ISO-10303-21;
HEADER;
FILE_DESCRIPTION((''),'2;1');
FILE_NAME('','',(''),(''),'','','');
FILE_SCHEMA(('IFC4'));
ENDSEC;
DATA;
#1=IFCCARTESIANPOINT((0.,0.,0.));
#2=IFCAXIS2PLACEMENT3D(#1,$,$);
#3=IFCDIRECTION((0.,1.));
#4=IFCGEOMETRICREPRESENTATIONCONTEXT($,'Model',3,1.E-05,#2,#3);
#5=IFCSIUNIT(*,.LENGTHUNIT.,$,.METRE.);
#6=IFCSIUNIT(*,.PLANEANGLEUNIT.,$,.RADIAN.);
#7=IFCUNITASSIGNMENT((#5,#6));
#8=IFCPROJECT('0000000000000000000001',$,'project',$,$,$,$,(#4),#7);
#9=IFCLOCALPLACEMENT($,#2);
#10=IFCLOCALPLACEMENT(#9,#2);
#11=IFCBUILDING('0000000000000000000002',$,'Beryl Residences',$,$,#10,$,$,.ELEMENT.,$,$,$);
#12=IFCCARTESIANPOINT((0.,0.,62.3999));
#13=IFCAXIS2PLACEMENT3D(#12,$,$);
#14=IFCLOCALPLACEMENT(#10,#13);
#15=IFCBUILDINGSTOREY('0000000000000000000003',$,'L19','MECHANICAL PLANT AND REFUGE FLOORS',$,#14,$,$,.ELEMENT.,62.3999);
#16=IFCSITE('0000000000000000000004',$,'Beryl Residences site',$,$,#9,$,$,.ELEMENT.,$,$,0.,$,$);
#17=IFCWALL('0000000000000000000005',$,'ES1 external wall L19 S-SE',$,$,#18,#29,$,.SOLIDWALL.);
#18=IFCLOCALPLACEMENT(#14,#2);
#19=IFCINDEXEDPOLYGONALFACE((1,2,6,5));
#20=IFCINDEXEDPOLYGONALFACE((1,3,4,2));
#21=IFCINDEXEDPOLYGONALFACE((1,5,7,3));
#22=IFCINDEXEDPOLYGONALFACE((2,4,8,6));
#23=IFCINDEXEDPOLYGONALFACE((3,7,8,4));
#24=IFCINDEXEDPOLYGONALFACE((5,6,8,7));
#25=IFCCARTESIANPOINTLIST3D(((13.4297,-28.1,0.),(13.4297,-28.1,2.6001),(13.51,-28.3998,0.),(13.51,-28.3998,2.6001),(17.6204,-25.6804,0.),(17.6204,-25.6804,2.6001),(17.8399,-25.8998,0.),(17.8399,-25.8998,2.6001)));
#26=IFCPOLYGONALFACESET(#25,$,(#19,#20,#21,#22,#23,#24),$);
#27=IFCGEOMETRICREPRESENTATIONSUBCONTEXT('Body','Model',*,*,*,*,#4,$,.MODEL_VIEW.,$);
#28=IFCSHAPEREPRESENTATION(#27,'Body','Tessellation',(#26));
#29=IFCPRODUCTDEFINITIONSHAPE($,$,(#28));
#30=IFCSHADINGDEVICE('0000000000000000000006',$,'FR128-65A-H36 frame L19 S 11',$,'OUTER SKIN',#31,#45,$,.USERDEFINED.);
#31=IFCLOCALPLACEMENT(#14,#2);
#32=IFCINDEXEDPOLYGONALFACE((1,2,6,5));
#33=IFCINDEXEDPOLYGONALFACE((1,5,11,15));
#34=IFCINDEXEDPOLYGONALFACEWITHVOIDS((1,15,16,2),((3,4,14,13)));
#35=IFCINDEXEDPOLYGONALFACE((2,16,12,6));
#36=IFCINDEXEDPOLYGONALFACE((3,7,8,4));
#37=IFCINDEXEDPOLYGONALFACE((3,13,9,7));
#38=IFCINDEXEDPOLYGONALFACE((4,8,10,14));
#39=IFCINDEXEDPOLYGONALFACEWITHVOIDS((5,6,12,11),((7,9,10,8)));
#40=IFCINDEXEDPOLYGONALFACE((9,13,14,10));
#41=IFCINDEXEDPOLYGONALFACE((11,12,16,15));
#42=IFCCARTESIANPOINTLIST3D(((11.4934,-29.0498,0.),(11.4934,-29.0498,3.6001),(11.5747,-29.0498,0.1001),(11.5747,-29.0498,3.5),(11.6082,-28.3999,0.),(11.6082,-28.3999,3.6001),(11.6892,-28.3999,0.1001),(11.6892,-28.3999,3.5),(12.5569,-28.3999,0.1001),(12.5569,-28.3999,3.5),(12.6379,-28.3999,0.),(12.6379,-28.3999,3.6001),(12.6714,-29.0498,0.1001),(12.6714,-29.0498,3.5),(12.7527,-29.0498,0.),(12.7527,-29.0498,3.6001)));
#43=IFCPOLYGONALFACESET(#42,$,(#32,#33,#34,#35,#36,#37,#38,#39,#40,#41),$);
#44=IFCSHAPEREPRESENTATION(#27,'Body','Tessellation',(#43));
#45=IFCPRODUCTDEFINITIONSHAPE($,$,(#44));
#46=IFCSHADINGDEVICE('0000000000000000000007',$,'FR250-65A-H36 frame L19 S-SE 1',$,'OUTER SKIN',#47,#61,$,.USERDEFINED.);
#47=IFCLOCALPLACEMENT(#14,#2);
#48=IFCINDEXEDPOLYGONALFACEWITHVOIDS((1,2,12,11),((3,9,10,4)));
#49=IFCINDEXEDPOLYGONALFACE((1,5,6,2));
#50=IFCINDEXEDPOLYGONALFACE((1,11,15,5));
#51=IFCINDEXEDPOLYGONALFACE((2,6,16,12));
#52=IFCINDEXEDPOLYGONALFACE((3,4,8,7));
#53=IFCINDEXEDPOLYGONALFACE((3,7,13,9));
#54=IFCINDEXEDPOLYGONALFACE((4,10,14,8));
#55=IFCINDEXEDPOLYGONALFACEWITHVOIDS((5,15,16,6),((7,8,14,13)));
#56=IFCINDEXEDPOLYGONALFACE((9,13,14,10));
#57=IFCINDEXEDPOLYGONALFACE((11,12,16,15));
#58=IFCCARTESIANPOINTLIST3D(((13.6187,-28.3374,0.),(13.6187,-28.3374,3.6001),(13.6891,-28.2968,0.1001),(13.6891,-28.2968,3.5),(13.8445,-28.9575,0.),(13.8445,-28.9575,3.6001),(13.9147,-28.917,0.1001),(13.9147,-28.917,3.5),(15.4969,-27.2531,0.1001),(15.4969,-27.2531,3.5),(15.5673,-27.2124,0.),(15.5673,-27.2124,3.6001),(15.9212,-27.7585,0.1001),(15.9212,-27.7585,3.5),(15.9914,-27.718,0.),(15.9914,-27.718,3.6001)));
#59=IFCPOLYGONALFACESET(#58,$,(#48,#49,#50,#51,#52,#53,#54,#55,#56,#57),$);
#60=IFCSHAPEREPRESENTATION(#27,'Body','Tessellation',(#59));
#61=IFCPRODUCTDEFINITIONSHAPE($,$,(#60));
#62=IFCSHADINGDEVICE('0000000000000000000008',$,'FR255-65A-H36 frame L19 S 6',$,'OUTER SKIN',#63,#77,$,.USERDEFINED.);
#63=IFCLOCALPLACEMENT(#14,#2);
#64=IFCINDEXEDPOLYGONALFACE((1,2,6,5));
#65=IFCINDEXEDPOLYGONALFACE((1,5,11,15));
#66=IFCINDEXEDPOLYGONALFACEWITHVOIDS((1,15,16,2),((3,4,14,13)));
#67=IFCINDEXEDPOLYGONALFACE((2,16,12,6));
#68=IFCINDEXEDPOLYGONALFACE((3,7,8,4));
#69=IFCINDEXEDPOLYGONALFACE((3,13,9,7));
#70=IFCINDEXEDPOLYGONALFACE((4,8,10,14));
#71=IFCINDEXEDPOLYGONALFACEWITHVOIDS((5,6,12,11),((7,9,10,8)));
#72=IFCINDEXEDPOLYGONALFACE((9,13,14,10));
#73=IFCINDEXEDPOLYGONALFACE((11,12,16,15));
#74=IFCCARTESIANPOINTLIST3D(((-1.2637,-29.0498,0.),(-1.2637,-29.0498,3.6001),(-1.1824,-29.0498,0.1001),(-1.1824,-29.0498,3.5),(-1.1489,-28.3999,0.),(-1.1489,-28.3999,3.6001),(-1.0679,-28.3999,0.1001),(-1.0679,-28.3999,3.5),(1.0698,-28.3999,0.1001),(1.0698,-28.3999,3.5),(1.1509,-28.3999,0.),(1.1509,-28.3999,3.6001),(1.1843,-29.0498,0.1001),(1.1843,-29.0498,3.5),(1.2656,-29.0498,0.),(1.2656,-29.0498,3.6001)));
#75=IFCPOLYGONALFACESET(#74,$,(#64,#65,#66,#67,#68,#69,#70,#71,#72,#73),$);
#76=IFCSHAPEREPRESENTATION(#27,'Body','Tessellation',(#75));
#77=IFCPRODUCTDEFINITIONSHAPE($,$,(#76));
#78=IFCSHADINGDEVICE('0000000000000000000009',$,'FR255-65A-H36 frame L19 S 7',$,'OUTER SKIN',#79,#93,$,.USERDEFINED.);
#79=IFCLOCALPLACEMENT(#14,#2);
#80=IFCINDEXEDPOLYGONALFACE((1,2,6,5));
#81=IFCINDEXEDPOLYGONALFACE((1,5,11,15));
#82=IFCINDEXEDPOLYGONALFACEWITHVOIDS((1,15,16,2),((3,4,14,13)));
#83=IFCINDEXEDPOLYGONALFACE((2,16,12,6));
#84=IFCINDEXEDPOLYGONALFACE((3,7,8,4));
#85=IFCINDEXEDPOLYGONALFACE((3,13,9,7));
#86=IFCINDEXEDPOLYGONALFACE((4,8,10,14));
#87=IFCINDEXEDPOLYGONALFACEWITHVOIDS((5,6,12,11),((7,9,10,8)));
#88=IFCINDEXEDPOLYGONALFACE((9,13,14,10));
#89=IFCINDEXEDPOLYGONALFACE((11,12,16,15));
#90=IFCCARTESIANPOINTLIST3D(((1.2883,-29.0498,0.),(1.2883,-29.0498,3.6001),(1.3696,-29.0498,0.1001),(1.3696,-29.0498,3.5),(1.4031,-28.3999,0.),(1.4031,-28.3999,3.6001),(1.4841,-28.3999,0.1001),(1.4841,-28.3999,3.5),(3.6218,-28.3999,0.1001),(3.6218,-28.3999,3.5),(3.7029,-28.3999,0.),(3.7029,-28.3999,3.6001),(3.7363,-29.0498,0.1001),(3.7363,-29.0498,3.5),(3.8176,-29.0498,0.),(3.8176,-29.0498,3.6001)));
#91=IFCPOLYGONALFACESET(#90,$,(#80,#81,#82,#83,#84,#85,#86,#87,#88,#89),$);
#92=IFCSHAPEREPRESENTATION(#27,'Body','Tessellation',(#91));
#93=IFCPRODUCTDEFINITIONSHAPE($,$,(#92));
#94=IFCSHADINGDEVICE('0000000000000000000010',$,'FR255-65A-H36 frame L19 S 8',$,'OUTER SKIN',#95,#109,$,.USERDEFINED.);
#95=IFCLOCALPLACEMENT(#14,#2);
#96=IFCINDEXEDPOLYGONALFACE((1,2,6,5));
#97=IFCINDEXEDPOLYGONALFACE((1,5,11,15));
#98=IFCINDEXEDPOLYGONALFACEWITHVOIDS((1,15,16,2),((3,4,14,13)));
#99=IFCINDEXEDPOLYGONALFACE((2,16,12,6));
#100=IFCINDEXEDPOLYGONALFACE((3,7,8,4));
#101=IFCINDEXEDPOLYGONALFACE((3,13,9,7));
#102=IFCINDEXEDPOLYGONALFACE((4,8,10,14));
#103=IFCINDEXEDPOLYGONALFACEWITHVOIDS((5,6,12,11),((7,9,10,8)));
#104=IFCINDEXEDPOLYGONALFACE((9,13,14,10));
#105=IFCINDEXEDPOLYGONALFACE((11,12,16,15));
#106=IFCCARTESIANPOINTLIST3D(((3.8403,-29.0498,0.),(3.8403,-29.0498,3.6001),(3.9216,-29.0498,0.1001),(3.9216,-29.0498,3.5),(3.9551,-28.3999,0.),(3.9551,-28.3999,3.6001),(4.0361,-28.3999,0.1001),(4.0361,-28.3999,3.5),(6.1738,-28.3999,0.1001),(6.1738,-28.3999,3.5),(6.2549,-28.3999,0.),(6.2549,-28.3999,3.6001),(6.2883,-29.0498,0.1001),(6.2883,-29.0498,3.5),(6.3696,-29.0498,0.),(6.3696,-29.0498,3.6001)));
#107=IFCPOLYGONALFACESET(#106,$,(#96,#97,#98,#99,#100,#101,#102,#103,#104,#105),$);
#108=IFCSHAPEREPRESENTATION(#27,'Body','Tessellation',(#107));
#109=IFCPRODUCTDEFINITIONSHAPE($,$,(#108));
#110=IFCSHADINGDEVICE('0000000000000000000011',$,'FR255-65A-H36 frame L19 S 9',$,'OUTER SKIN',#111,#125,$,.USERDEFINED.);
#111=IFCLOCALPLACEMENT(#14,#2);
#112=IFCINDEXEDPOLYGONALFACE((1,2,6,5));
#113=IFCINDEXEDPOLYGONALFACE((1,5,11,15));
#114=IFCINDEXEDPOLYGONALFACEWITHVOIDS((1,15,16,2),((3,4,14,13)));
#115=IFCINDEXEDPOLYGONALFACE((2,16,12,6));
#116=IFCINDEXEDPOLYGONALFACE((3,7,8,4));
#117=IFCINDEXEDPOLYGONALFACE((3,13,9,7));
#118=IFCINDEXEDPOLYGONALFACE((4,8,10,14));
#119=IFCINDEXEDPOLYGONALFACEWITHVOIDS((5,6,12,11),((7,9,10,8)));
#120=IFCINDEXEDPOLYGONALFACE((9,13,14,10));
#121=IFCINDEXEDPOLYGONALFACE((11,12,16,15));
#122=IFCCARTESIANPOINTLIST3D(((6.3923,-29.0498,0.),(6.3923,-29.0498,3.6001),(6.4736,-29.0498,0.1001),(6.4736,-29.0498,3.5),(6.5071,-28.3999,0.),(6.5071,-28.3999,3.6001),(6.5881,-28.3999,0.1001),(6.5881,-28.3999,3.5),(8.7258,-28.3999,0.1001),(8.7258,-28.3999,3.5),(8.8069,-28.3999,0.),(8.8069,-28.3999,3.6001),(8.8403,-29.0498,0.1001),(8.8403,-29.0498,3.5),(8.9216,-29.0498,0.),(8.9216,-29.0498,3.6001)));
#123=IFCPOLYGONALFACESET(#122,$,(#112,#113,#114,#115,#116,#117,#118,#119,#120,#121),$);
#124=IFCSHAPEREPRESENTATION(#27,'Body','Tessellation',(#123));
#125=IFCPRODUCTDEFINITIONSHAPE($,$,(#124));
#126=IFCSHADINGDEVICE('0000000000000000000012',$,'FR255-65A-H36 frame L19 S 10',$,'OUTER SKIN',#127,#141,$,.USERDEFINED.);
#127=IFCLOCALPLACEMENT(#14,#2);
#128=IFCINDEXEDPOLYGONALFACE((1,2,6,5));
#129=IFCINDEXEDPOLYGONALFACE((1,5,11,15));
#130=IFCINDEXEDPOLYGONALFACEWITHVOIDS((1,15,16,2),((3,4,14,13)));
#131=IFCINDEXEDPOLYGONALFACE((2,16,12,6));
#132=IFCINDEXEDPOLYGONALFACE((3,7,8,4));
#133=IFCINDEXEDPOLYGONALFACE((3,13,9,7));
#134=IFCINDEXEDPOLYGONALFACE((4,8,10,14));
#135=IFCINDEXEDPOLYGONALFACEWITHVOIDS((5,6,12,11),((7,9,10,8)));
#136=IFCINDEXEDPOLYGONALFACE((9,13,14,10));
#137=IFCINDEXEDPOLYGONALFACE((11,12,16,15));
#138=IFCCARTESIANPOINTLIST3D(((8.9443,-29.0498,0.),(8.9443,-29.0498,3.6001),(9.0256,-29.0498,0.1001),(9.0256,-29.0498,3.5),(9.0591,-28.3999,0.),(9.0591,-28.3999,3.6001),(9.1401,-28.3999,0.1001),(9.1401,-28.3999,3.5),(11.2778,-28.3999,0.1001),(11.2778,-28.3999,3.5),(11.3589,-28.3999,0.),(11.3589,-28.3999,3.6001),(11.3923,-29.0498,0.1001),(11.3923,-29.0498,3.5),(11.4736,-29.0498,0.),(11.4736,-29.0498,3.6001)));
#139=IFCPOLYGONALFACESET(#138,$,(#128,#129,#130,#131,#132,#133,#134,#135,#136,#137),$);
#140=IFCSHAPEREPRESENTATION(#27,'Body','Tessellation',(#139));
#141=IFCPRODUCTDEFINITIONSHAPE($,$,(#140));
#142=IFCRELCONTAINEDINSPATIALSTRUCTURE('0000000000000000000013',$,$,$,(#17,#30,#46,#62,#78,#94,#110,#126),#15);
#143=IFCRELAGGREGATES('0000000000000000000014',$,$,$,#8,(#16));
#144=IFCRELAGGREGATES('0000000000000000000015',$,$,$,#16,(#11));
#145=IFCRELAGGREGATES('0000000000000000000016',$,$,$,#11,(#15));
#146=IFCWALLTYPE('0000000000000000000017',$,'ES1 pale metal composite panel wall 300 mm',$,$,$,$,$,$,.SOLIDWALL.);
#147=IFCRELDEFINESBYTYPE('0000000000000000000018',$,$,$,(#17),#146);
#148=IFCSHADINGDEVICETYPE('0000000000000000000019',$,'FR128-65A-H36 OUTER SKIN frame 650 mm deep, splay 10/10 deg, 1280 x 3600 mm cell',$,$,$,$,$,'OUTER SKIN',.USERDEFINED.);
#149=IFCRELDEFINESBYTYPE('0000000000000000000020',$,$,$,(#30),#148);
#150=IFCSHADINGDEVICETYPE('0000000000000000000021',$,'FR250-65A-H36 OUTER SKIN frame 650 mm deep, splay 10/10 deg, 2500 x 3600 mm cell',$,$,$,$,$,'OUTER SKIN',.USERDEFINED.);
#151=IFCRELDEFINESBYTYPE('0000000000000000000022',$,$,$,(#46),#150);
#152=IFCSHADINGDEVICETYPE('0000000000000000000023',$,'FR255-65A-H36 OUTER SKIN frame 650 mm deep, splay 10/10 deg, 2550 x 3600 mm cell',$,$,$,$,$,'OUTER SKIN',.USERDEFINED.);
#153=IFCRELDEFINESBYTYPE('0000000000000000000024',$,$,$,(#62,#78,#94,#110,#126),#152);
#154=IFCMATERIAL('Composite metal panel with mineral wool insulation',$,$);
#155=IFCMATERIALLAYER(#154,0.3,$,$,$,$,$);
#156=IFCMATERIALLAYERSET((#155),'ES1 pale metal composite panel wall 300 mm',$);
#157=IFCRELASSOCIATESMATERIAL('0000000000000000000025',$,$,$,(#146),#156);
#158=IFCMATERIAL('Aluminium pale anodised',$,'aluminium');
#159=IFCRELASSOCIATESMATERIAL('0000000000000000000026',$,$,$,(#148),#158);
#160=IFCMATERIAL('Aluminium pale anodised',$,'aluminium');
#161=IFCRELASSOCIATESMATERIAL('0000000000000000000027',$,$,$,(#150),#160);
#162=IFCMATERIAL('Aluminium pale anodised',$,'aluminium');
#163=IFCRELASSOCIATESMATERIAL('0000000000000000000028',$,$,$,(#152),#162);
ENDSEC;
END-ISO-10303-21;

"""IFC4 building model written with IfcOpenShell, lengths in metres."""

from ifc_helpers import new_model, entity, si_unit, direction, frame, origin, place, context, subcontext, project, spatial, polyline, outline, extrude, source, transform, mapped, material, layer, layer_set, type_object, type_shapes, element, save


model = new_model("IFC4")

# Units and contexts
model_context = context("Model", 3, precision=1e-05, world=origin(), true_north=direction((0.0, 1.0)))
body_context = subcontext(model_context, "Body", "Model", "MODEL_VIEW")
ifc_project = project(units=[si_unit("LENGTHUNIT", "METRE"), si_unit("PLANEANGLEUNIT", "RADIAN")], contexts=[model_context])

# Site, building, storey
site_placement = place(None, origin())
site = spatial("IfcSite", under=ifc_project, at=site_placement, Name="Beryl Residences site", CompositionType="ELEMENT", RefElevation=0.0)
building_placement = place(site_placement, origin())
building = spatial("IfcBuilding", under=site, at=building_placement, Name="Beryl Residences", CompositionType="ELEMENT")
storey_placement = place(building_placement, frame((0.0, 0.0, 62.3999)))
storey = spatial("IfcBuildingStorey", under=building, at=storey_placement, Name="L19", Description="MECHANICAL PLANT AND REFUGE FLOORS", CompositionType="ELEMENT", Elevation=62.3999)

# Wall
ifc_material_1 = material(Name="Composite metal panel with mineral wool insulation")
ifc_layer = layer(ifc_material_1, 0.3)
ifc_layer_set = layer_set([ifc_layer], Name="ES1 pale metal composite panel wall 300 mm")
wall_type = type_object("IfcWallType", Name="ES1 pale metal composite panel wall 300 mm", PredefinedType="SOLIDWALL", material=ifc_layer_set)
wall_placement = place(storey_placement, frame((13.4351, -28.27, 0.0), z_axis=(0.0, 0.0, 1.0), x_axis=(0.866011, 0.500025, 0.0)))
element("IfcWall", 1, at=wall_placement, inside=storey, type_object=wall_type, Name="ES1 external wall L19 S-SE", PredefinedType="SOLIDWALL", context=body_context, shape_type="SweptSolid", body=[
    extrude(outline(polyline([(0.0, -0.1499), (4.9998, -0.1499), (4.9194, 0.1499), (0.0803, 0.1499), (0.0, -0.1499)])), origin(), (0.0, 0.0, 1.0), 2.6001),
])

# Shading devices
ifc_material_2 = material(Name="Aluminium pale anodised", Category="aluminium")
shading_device_type_1 = type_object("IfcShadingDeviceType", Name="FR128-65A-H36 OUTER SKIN frame 650 mm deep, splay 10/10 deg, 1280 x 3600 mm cell", ElementType="OUTER SKIN", PredefinedType="USERDEFINED", material=ifc_material_2)
cartesian_point_1 = entity("IfcCartesianPoint", [-0.5149, 0.0])
cartesian_point_2 = entity("IfcCartesianPoint", [-0.4338, 0.1001])
cartesian_point_3 = entity("IfcCartesianPoint", [-0.6296, 0.0])
cartesian_point_4 = entity("IfcCartesianPoint", [-0.5483, 0.1001])
shared_shape_1 = source(origin(), body_context, "Body", "SweptSolid", [
    entity("IfcExtrudedAreaSolidTapered", entity("IfcArbitraryProfileDefWithVoids", "AREA", None, entity("IfcPolyline", [cartesian_point_1, entity("IfcCartesianPoint", [0.5149, 0.0]), entity("IfcCartesianPoint", [0.5149, 3.6001]), entity("IfcCartesianPoint", [-0.5149, 3.6001]), cartesian_point_1]), [entity("IfcPolyline", [cartesian_point_2, entity("IfcCartesianPoint", [0.4338, 0.1001]), entity("IfcCartesianPoint", [0.4338, 3.5]), entity("IfcCartesianPoint", [-0.4338, 3.5]), cartesian_point_2])]), entity("IfcAxis2Placement3D", entity("IfcCartesianPoint", [0.0, 0.0, 0.0]), entity("IfcDirection", [0.0, 1.0, 0.0]), entity("IfcDirection", [-1.0, 0.0, 0.0])), entity("IfcDirection", [0.0, 0.0, 1.0]), 0.6499, entity("IfcArbitraryProfileDefWithVoids", "AREA", None, entity("IfcPolyline", [cartesian_point_3, entity("IfcCartesianPoint", [0.6296, 0.0]), entity("IfcCartesianPoint", [0.6296, 3.6001]), entity("IfcCartesianPoint", [-0.6296, 3.6001]), cartesian_point_3]), [entity("IfcPolyline", [cartesian_point_4, entity("IfcCartesianPoint", [0.5483, 0.1001]), entity("IfcCartesianPoint", [0.5483, 3.5]), entity("IfcCartesianPoint", [-0.5483, 3.5]), cartesian_point_4])])),
])
type_shapes(shading_device_type_1, [shared_shape_1])
shading_device_1_placement = place(storey_placement, frame((12.123, -28.3999, 0.0), z_axis=(0.0, 0.0, 1.0), x_axis=(-1.0, 0.0, 0.0)))
element("IfcShadingDevice", 2, at=shading_device_1_placement, inside=storey, type_object=shading_device_type_1, Name="FR128-65A-H36 frame L19 S 11", ObjectType="OUTER SKIN", PredefinedType="USERDEFINED", context=body_context, shape_type="MappedRepresentation", body=[
    mapped(shared_shape_1, transform((0.0, 0.0, 0.0))),
])
ifc_material_3 = material(Name="Aluminium pale anodised", Category="aluminium")
shading_device_type_2 = type_object("IfcShadingDeviceType", Name="FR250-65A-H36 OUTER SKIN frame 650 mm deep, splay 10/10 deg, 2500 x 3600 mm cell", ElementType="OUTER SKIN", PredefinedType="USERDEFINED", material=ifc_material_3)
cartesian_point_5 = entity("IfcCartesianPoint", [-1.125, 0.0])
cartesian_point_6 = entity("IfcCartesianPoint", [-1.0437, 0.1001])
cartesian_point_7 = entity("IfcCartesianPoint", [-1.2395, 0.0])
cartesian_point_8 = entity("IfcCartesianPoint", [-1.1584, 0.1001])
shared_shape_2 = source(origin(), body_context, "Body", "SweptSolid", [
    entity("IfcExtrudedAreaSolidTapered", entity("IfcArbitraryProfileDefWithVoids", "AREA", None, entity("IfcPolyline", [cartesian_point_5, entity("IfcCartesianPoint", [1.125, 0.0]), entity("IfcCartesianPoint", [1.125, 3.6001]), entity("IfcCartesianPoint", [-1.125, 3.6001]), cartesian_point_5]), [entity("IfcPolyline", [cartesian_point_6, entity("IfcCartesianPoint", [1.0437, 0.1001]), entity("IfcCartesianPoint", [1.0437, 3.5]), entity("IfcCartesianPoint", [-1.0437, 3.5]), cartesian_point_6])]), entity("IfcAxis2Placement3D", entity("IfcCartesianPoint", [0.0, 0.0, 0.0]), entity("IfcDirection", [0.0, 1.0, 0.0]), entity("IfcDirection", [-1.0, 0.0, 0.0])), entity("IfcDirection", [0.0, 0.0, 1.0]), 0.6499, entity("IfcArbitraryProfileDefWithVoids", "AREA", None, entity("IfcPolyline", [cartesian_point_7, entity("IfcCartesianPoint", [1.2395, 0.0]), entity("IfcCartesianPoint", [1.2395, 3.6001]), entity("IfcCartesianPoint", [-1.2395, 3.6001]), cartesian_point_7]), [entity("IfcPolyline", [cartesian_point_8, entity("IfcCartesianPoint", [1.1584, 0.1001]), entity("IfcCartesianPoint", [1.1584, 3.5]), entity("IfcCartesianPoint", [-1.1584, 3.5]), cartesian_point_8])])),
])
type_shapes(shading_device_type_2, [shared_shape_2])
shading_device_2_placement = place(storey_placement, frame((14.593, -27.7749, 0.0), z_axis=(0.0, 0.0, 1.0), x_axis=(-0.866025, -0.5, 0.0)))
element("IfcShadingDevice", 3, at=shading_device_2_placement, inside=storey, type_object=shading_device_type_2, Name="FR250-65A-H36 frame L19 S-SE 1", ObjectType="OUTER SKIN", PredefinedType="USERDEFINED", context=body_context, shape_type="MappedRepresentation", body=[
    mapped(shared_shape_2, transform((0.0, 0.0, 0.0))),
])
ifc_material_4 = material(Name="Aluminium pale anodised", Category="aluminium")
shading_device_type_3 = type_object("IfcShadingDeviceType", Name="FR255-65A-H36 OUTER SKIN frame 650 mm deep, splay 10/10 deg, 2550 x 3600 mm cell", ElementType="OUTER SKIN", PredefinedType="USERDEFINED", material=ifc_material_4)
cartesian_point_9 = entity("IfcCartesianPoint", [-1.1499, 0.0])
cartesian_point_10 = entity("IfcCartesianPoint", [-1.0688, 0.1001])
cartesian_point_11 = entity("IfcCartesianPoint", [-1.2646, 0.0])
cartesian_point_12 = entity("IfcCartesianPoint", [-1.1833, 0.1001])
shared_shape_3 = source(origin(), body_context, "Body", "SweptSolid", [
    entity("IfcExtrudedAreaSolidTapered", entity("IfcArbitraryProfileDefWithVoids", "AREA", None, entity("IfcPolyline", [cartesian_point_9, entity("IfcCartesianPoint", [1.1499, 0.0]), entity("IfcCartesianPoint", [1.1499, 3.6001]), entity("IfcCartesianPoint", [-1.1499, 3.6001]), cartesian_point_9]), [entity("IfcPolyline", [cartesian_point_10, entity("IfcCartesianPoint", [1.0688, 0.1001]), entity("IfcCartesianPoint", [1.0688, 3.5]), entity("IfcCartesianPoint", [-1.0688, 3.5]), cartesian_point_10])]), entity("IfcAxis2Placement3D", entity("IfcCartesianPoint", [0.0, 0.0, 0.0]), entity("IfcDirection", [0.0, 1.0, 0.0]), entity("IfcDirection", [-1.0, 0.0, 0.0])), entity("IfcDirection", [0.0, 0.0, 1.0]), 0.6499, entity("IfcArbitraryProfileDefWithVoids", "AREA", None, entity("IfcPolyline", [cartesian_point_11, entity("IfcCartesianPoint", [1.2646, 0.0]), entity("IfcCartesianPoint", [1.2646, 3.6001]), entity("IfcCartesianPoint", [-1.2646, 3.6001]), cartesian_point_11]), [entity("IfcPolyline", [cartesian_point_12, entity("IfcCartesianPoint", [1.1833, 0.1001]), entity("IfcCartesianPoint", [1.1833, 3.5]), entity("IfcCartesianPoint", [-1.1833, 3.5]), cartesian_point_12])])),
])
type_shapes(shading_device_type_3, [shared_shape_3])
for number, where, z_axis, x_axis, name in (
    (4, (0.001, -28.3999, 0.0), (0.0, 0.0, 1.0), (-1.0, 0.0, 0.0), "FR255-65A-H36 frame L19 S 6"),
    (5, (2.553, -28.3999, 0.0), (0.0, 0.0, 1.0), (-1.0, 0.0, 0.0), "FR255-65A-H36 frame L19 S 7"),
    (6, (5.105, -28.3999, 0.0), (0.0, 0.0, 1.0), (-1.0, 0.0, 0.0), "FR255-65A-H36 frame L19 S 8"),
    (7, (7.657, -28.3999, 0.0), (0.0, 0.0, 1.0), (-1.0, 0.0, 0.0), "FR255-65A-H36 frame L19 S 9"),
    (8, (10.209, -28.3999, 0.0), (0.0, 0.0, 1.0), (-1.0, 0.0, 0.0), "FR255-65A-H36 frame L19 S 10"),
):
    element("IfcShadingDevice", number, at=place(storey_placement, frame(where, z_axis=z_axis, x_axis=x_axis)), inside=storey, type_object=shading_device_type_3, Name=name, ObjectType="OUTER SKIN", PredefinedType="USERDEFINED", context=body_context, shape_type="MappedRepresentation", body=[
        mapped(shared_shape_3, transform((0.0, 0.0, 0.0))),
    ])

save(model, "model.ifc")
